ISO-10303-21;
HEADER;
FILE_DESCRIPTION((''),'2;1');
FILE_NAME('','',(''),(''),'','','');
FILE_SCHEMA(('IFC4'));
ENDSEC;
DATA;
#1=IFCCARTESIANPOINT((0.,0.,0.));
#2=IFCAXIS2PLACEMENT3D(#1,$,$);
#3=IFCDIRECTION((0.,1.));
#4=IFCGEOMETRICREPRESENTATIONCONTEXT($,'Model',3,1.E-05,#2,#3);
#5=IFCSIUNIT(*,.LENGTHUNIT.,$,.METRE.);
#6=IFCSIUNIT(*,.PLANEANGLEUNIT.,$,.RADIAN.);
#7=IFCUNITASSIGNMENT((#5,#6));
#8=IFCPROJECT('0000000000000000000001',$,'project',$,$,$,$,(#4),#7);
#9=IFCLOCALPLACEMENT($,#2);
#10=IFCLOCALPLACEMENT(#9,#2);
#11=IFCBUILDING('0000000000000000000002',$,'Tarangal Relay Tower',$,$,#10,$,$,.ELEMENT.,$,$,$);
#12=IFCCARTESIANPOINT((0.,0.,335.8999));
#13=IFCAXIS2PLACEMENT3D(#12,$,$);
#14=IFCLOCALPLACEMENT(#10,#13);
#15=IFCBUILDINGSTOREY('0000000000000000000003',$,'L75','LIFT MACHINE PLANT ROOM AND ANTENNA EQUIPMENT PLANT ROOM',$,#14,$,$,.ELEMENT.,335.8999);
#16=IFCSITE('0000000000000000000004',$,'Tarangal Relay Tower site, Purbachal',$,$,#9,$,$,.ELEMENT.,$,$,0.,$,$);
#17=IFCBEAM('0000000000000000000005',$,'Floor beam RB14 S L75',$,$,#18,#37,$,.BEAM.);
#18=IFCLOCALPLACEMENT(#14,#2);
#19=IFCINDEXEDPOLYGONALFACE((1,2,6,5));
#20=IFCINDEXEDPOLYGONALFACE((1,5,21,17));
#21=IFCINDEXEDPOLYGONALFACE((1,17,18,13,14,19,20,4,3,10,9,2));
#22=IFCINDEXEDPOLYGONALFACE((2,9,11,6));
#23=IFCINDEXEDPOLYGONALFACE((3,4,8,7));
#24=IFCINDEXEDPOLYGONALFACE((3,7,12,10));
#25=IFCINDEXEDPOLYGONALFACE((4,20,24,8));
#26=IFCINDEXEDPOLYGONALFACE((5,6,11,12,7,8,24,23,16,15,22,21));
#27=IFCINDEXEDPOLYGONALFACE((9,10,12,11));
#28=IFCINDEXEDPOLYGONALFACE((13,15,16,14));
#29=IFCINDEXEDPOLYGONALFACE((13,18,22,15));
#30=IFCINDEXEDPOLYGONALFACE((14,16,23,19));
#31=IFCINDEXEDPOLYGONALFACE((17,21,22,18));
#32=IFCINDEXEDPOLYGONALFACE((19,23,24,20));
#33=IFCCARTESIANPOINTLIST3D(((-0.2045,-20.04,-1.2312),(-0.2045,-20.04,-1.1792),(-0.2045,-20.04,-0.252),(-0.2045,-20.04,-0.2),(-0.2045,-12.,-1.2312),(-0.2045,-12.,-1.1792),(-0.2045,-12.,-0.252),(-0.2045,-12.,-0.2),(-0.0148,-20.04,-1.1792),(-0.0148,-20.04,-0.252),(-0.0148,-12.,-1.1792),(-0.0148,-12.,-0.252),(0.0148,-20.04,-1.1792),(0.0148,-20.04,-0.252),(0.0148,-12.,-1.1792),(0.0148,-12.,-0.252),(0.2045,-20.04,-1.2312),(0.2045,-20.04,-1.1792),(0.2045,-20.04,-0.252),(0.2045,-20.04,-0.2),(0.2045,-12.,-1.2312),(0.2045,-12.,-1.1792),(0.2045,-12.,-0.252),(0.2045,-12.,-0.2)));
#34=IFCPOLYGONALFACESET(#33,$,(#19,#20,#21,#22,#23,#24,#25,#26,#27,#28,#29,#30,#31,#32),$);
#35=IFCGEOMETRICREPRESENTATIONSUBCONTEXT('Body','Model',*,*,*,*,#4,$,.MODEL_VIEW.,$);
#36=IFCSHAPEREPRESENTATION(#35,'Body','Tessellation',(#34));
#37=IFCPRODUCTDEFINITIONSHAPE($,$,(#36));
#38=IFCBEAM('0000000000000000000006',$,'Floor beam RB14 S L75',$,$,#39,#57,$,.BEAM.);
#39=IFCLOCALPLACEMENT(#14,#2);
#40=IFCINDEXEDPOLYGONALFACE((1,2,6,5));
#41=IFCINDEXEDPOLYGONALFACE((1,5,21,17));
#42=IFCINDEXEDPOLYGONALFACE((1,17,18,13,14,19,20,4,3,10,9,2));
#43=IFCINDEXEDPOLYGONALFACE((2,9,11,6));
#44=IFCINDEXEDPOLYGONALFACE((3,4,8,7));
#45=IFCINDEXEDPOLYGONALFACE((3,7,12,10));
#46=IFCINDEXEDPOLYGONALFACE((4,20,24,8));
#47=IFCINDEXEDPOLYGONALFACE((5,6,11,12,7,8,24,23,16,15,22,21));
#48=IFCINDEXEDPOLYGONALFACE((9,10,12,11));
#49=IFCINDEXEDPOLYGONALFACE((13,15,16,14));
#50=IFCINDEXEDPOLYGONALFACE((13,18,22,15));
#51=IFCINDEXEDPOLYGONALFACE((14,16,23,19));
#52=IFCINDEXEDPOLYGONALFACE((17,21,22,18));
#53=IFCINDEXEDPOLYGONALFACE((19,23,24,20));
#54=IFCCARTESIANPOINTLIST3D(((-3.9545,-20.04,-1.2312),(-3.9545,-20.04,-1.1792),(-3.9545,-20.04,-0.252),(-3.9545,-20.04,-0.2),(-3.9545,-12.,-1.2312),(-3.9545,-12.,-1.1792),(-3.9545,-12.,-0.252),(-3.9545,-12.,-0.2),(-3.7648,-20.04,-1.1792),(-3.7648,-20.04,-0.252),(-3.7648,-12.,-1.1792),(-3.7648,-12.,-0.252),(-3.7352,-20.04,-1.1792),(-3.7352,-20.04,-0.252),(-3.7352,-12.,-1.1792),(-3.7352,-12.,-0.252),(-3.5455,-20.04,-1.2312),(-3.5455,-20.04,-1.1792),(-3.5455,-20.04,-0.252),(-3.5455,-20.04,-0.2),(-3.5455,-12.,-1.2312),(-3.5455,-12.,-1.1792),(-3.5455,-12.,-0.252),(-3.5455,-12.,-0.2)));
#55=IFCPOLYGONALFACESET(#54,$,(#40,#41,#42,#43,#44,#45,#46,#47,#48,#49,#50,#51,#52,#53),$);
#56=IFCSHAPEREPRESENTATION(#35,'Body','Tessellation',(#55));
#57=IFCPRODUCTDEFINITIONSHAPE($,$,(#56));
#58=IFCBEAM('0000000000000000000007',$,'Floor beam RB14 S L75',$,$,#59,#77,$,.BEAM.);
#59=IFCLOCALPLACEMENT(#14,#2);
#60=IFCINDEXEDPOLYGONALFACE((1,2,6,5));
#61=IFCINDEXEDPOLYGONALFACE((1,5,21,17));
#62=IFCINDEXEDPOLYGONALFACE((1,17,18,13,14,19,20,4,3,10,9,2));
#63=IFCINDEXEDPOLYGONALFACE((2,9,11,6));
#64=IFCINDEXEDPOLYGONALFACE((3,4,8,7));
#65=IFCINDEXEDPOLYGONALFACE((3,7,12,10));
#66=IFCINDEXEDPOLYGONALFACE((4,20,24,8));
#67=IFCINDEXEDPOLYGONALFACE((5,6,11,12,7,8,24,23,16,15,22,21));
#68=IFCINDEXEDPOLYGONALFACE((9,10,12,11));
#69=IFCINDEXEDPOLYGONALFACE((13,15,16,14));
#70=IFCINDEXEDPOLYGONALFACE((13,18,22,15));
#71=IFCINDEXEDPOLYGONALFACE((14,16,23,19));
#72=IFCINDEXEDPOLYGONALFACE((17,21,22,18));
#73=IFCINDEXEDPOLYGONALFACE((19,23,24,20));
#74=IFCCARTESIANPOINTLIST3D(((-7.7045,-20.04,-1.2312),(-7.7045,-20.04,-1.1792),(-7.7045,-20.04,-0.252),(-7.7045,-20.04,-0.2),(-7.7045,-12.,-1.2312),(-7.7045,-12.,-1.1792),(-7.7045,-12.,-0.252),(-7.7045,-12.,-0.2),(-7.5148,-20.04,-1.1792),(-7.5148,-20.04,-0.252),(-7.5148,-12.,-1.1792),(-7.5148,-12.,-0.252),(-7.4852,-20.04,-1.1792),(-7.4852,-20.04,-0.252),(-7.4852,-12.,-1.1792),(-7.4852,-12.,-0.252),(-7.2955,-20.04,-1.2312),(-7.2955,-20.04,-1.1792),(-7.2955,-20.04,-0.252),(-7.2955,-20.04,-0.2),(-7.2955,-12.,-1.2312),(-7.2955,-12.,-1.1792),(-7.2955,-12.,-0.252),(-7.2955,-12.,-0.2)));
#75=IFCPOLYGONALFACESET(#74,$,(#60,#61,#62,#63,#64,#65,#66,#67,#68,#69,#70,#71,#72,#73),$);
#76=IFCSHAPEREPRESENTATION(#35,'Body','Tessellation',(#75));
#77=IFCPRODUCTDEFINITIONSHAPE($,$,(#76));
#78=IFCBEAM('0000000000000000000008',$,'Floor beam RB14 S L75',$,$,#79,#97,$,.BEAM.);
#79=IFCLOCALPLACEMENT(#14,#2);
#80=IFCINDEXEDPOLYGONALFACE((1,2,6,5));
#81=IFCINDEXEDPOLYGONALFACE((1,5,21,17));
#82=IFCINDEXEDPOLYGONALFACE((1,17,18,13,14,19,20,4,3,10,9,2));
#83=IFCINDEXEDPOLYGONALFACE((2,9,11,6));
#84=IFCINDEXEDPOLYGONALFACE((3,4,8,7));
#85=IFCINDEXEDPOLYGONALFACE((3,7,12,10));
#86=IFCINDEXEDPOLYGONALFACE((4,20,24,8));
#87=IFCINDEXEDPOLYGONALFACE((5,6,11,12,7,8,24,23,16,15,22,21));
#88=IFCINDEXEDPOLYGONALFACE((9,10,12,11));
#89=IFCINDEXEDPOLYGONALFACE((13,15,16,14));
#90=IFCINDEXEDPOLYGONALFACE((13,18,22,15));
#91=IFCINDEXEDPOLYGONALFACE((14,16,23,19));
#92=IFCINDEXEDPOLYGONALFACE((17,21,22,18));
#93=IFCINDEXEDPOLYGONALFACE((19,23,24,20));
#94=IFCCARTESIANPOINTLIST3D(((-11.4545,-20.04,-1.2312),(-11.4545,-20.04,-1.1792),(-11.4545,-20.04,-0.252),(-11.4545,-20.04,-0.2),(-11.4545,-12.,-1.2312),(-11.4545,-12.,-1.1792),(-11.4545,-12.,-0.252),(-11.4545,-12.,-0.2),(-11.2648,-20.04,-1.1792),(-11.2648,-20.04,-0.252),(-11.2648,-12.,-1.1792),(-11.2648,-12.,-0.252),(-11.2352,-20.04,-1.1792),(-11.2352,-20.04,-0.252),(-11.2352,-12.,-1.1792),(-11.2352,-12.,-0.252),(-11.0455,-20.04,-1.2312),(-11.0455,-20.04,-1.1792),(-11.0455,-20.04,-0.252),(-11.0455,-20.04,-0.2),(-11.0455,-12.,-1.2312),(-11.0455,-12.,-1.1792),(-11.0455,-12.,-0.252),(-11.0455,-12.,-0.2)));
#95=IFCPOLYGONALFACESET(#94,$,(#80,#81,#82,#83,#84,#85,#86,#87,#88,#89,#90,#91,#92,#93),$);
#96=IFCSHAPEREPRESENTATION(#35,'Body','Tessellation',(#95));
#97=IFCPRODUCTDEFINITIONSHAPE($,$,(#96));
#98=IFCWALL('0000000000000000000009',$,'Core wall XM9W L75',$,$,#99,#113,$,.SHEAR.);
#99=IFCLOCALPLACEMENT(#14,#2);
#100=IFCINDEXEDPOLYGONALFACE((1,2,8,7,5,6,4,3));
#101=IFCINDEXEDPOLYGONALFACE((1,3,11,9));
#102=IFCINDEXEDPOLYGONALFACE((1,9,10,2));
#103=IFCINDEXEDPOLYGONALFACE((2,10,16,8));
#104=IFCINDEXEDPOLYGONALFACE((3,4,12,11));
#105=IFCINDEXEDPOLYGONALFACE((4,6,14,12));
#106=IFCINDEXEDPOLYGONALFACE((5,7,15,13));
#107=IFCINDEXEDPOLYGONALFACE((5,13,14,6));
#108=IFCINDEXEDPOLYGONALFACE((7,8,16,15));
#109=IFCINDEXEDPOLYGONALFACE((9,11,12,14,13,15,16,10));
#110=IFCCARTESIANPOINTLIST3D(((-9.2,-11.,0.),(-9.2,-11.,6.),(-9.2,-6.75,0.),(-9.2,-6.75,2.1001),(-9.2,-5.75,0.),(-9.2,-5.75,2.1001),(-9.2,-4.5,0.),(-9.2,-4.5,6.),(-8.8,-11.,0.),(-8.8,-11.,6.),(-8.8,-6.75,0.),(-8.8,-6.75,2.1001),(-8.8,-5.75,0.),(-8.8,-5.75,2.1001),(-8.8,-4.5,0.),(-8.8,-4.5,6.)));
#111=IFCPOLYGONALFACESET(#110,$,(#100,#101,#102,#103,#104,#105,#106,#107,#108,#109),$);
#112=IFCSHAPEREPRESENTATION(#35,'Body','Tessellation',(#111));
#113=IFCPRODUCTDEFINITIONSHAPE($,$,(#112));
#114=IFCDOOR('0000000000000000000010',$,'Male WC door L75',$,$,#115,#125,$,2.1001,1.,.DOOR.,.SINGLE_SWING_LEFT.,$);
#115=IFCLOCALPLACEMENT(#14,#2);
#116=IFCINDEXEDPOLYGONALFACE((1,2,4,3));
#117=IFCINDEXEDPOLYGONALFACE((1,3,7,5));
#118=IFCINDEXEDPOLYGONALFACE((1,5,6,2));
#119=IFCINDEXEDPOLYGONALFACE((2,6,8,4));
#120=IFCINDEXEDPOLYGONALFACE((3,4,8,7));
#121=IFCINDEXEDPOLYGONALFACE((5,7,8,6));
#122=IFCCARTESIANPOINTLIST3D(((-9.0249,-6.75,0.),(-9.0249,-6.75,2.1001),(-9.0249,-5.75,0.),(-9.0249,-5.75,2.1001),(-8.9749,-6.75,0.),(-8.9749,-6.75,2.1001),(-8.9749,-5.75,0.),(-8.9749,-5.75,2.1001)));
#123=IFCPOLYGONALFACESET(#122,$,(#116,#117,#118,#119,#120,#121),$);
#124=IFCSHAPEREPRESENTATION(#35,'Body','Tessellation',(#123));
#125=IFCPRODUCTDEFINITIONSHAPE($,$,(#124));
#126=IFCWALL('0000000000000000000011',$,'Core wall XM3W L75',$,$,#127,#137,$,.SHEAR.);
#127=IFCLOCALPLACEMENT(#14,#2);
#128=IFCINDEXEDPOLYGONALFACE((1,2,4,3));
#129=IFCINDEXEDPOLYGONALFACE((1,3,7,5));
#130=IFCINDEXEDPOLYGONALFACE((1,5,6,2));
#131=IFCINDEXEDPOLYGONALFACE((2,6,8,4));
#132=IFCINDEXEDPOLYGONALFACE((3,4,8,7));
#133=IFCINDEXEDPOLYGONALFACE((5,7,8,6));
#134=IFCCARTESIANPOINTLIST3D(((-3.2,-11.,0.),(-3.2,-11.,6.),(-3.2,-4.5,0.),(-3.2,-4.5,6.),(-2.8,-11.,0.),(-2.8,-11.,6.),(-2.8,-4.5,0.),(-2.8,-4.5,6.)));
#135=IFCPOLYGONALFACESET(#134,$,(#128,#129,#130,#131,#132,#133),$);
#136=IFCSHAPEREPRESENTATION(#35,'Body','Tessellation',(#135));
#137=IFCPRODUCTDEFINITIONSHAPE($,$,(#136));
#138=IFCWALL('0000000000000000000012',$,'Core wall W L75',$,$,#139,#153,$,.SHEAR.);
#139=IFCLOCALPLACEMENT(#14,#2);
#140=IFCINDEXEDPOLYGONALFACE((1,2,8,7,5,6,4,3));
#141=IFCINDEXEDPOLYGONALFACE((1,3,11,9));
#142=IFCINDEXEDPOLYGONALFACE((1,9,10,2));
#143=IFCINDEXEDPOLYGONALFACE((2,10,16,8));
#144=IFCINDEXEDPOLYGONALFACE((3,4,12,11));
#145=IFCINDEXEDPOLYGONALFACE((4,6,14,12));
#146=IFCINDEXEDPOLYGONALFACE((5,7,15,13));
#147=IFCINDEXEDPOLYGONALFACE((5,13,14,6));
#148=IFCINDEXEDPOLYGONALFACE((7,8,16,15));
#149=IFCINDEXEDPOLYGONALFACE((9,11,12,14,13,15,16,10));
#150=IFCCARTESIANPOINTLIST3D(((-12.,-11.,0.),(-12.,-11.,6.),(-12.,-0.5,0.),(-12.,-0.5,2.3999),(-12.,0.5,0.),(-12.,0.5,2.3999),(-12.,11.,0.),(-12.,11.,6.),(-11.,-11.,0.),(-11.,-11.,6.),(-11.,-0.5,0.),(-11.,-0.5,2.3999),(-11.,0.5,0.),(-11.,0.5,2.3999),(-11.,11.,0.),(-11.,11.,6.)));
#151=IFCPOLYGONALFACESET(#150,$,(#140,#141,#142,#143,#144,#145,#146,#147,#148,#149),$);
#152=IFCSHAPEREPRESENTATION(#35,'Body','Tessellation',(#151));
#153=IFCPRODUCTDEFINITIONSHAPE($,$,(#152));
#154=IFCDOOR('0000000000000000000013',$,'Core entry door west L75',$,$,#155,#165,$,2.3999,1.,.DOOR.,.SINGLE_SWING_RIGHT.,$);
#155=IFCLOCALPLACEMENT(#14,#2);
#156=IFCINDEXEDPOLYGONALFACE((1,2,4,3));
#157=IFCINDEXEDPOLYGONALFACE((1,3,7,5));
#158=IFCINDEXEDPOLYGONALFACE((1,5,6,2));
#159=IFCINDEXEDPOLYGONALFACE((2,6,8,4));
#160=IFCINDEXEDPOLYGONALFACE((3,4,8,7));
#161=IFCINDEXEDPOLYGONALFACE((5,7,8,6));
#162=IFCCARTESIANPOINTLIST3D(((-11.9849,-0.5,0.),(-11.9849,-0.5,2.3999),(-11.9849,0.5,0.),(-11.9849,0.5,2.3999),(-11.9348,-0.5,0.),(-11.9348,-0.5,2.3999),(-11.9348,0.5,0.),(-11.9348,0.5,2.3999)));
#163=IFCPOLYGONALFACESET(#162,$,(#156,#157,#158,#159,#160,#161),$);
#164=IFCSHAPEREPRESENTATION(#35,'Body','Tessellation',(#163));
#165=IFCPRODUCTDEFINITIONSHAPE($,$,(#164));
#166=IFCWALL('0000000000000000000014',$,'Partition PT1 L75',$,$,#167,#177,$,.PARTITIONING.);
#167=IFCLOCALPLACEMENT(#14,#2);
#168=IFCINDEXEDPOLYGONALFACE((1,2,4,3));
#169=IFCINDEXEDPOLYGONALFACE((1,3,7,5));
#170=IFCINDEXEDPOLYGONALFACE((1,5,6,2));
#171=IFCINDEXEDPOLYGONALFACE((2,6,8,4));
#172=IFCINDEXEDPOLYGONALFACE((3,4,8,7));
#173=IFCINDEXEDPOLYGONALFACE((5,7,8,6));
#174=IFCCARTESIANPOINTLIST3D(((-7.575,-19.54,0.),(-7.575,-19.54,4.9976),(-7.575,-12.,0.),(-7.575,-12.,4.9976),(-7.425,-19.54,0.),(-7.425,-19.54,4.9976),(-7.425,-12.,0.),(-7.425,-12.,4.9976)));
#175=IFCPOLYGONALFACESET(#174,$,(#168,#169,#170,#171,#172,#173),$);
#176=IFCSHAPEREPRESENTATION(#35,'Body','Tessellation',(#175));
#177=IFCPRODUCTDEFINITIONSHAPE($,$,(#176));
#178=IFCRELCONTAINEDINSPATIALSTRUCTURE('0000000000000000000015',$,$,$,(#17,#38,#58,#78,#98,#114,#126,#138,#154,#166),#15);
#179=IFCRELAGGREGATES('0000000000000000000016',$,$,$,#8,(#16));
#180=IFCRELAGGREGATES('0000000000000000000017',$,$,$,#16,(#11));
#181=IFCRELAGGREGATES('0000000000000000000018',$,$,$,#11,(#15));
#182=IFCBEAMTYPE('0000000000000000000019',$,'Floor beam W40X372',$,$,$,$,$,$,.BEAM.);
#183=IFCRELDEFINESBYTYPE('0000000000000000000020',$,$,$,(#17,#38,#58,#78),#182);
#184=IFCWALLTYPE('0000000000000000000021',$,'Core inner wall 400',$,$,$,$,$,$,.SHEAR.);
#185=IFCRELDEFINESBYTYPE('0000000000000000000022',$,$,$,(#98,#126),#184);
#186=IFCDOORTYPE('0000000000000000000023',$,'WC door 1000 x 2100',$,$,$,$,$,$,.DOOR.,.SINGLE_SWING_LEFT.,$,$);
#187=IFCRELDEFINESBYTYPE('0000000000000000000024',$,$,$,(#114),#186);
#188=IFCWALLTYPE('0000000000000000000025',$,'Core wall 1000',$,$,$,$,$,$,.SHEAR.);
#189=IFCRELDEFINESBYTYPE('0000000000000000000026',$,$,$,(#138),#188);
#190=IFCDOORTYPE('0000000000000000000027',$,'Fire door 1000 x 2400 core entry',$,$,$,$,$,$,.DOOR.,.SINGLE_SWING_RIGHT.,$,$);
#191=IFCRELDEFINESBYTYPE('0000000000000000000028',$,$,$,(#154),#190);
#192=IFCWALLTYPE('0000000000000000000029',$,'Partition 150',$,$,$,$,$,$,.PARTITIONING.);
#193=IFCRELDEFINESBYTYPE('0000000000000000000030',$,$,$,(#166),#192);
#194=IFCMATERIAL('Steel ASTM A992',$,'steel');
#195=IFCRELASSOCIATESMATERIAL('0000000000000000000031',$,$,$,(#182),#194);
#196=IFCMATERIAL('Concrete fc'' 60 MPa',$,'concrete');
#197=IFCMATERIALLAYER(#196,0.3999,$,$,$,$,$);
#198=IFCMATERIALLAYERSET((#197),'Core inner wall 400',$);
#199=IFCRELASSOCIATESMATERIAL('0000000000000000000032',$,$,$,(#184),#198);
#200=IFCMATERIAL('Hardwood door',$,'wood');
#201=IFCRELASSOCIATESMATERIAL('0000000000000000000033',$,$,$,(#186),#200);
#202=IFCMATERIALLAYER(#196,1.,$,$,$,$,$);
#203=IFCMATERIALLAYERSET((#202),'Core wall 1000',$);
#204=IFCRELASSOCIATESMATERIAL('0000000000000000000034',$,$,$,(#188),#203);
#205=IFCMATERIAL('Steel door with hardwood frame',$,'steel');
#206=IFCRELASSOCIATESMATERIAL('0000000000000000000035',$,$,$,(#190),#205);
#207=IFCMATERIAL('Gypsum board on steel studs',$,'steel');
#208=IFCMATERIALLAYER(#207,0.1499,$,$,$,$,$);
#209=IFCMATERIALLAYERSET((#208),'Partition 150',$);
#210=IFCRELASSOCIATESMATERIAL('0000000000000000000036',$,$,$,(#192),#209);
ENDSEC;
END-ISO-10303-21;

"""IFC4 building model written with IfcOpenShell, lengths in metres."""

from ifc_helpers import new_model, si_unit, direction, frame, frame_2d, origin, origin_2d, place, context, subcontext, project, spatial, rectangle, i_section, extrude, material, layer, layer_set, material_profile, profile_set, type_object, element, fill, save


model = new_model("IFC4")

# Units and contexts
model_context = context("Model", 3, precision=1e-05, world=origin(), true_north=direction((0.0, 1.0)))
body_context = subcontext(model_context, "Body", "Model", "MODEL_VIEW")
ifc_project = project(units=[si_unit("LENGTHUNIT", "METRE"), si_unit("PLANEANGLEUNIT", "RADIAN")], contexts=[model_context])

# Site, building, storey
site_placement = place(None, origin())
site = spatial("IfcSite", under=ifc_project, at=site_placement, Name="Tarangal Relay Tower site, Purbachal", CompositionType="ELEMENT", RefElevation=0.0)
building_placement = place(site_placement, origin())
building = spatial("IfcBuilding", under=site, at=building_placement, Name="Tarangal Relay Tower", CompositionType="ELEMENT")
storey_placement = place(building_placement, frame((0.0, 0.0, 335.8999)))
storey = spatial("IfcBuildingStorey", under=building, at=storey_placement, Name="L75", Description="LIFT MACHINE PLANT ROOM AND ANTENNA EQUIPMENT PLANT ROOM", CompositionType="ELEMENT", Elevation=335.8999)

# Shared definitions
ifc_material_1 = material(Name="Steel ASTM A992", Category="steel")

# Beams
ifc_material_profile_1 = material_profile(ifc_material_1, i_section(OverallWidth=0.4089, OverallDepth=1.0312, WebThickness=0.0295, FlangeThickness=0.052, at=origin_2d()), Name="W40X372")
ifc_profile_set_1 = profile_set([ifc_material_profile_1], Name="Steel ASTM A992")
beam_type_1 = type_object("IfcBeamType", Name="Floor beam W40X372", PredefinedType="BEAM", material=ifc_profile_set_1)
for number, where, z_axis, x_axis, name in (
    (1, (0.0, -12.0, -0.7156), (0.0, -1.0, 0.0), (1.0, 0.0, 0.0), "Floor beam RB14 S L75"),
    (2, (-3.75, -12.0, -0.7156), (0.0, -1.0, 0.0), (1.0, 0.0, 0.0), "Floor beam RB14 S L75"),
    (3, (-7.5, -12.0, -0.7156), (0.0, -1.0, 0.0), (1.0, 0.0, 0.0), "Floor beam RB14 S L75"),
    (4, (-11.25, -12.0, -0.7156), (0.0, -1.0, 0.0), (1.0, 0.0, 0.0), "Floor beam RB14 S L75"),
):
    element("IfcBeam", number, at=place(storey_placement, frame(where, z_axis=z_axis, x_axis=x_axis)), inside=storey, type_object=beam_type_1, Name=name, PredefinedType="BEAM", context=body_context, shape_type="SweptSolid", body=[
        extrude(i_section(OverallWidth=0.4089, OverallDepth=1.0312, WebThickness=0.0295, FlangeThickness=0.052, at=origin_2d()), origin(), (0.0, 0.0, 1.0), 8.04),
    ])

# Wall, opening, door
ifc_material_2 = material(Name="Concrete fc' 60 MPa", Category="concrete")
ifc_layer_1 = layer(ifc_material_2, 0.3999)
ifc_layer_set_1 = layer_set([ifc_layer_1], Name="Core inner wall 400")
wall_type_1 = type_object("IfcWallType", Name="Core inner wall 400", PredefinedType="SHEAR", material=ifc_layer_set_1)
wall_1_placement = place(storey_placement, frame((-9.0, -11.0, 0.0), z_axis=(0.0, 0.0, 1.0), x_axis=(0.0, 1.0, 0.0)))
wall_1 = element("IfcWall", 5, at=wall_1_placement, inside=storey, type_object=wall_type_1, Name="Core wall XM9W L75", PredefinedType="SHEAR", context=body_context, shape_type="SweptSolid", body=[
    extrude(rectangle(XDim=6.5, YDim=0.3999, at=frame_2d((3.25, 0.0))), origin(), (0.0, 0.0, 1.0), 6.0),
])
opening_1_placement = place(wall_1_placement, frame((4.25, 0.0, 0.0)))
opening_1 = element("IfcOpeningElement", 6, at=opening_1_placement, cuts=wall_1, PredefinedType="OPENING", context=body_context, shape_type="SweptSolid", body=[
    extrude(rectangle(XDim=1.0, YDim=2.1001, at=frame_2d((0.5, 1.05))), frame((0.0, 0.21, 0.0), z_axis=(0.0, -1.0, 0.0), x_axis=(1.0, 0.0, 0.0)), (0.0, 0.0, 1.0), 0.4199),
])
ifc_material_3 = material(Name="Hardwood door", Category="wood")
door_type_1 = type_object("IfcDoorType", Name="WC door 1000 x 2100", OperationType="SINGLE_SWING_LEFT", PredefinedType="DOOR", material=ifc_material_3)
door_1_placement = place(opening_1_placement, origin())
door_1 = element("IfcDoor", 7, at=door_1_placement, inside=storey, type_object=door_type_1, Name="Male WC door L75", OperationType="SINGLE_SWING_LEFT", OverallHeight=2.1001, OverallWidth=1.0, PredefinedType="DOOR", context=body_context, shape_type="SweptSolid", body=[
    extrude(rectangle(XDim=1.0, YDim=2.1001, at=frame_2d((0.5, 1.05))), frame((0.0, 0.0249, 0.0), z_axis=(0.0, -1.0, 0.0), x_axis=(1.0, 0.0, 0.0)), (0.0, 0.0, 1.0), 0.05),
])
fill(opening_1, door_1)

# Wall
wall_2_placement = place(storey_placement, frame((-3.0, -11.0, 0.0), z_axis=(0.0, 0.0, 1.0), x_axis=(0.0, 1.0, 0.0)))
element("IfcWall", 8, at=wall_2_placement, inside=storey, type_object=wall_type_1, Name="Core wall XM3W L75", PredefinedType="SHEAR", context=body_context, shape_type="SweptSolid", body=[
    extrude(rectangle(XDim=6.5, YDim=0.3999, at=frame_2d((3.25, 0.0))), origin(), (0.0, 0.0, 1.0), 6.0),
])

# Wall, opening, door
ifc_layer_2 = layer(ifc_material_2, 1.0)
ifc_layer_set_2 = layer_set([ifc_layer_2], Name="Core wall 1000")
wall_type_2 = type_object("IfcWallType", Name="Core wall 1000", PredefinedType="SHEAR", material=ifc_layer_set_2)
wall_3_placement = place(storey_placement, frame((-11.5, -11.0, 0.0), z_axis=(0.0, 0.0, 1.0), x_axis=(0.0, 1.0, 0.0)))
wall_3 = element("IfcWall", 9, at=wall_3_placement, inside=storey, type_object=wall_type_2, Name="Core wall W L75", PredefinedType="SHEAR", context=body_context, shape_type="SweptSolid", body=[
    extrude(rectangle(XDim=22.0, YDim=1.0, at=frame_2d((11.0, 0.0))), origin(), (0.0, 0.0, 1.0), 6.0),
])
opening_2_placement = place(wall_3_placement, frame((10.5, 0.0, 0.0)))
opening_2 = element("IfcOpeningElement", 10, at=opening_2_placement, cuts=wall_3, PredefinedType="OPENING", context=body_context, shape_type="SweptSolid", body=[
    extrude(rectangle(XDim=1.0, YDim=2.3999, at=frame_2d((0.5, 1.2))), frame((0.0, 0.51, 0.0), z_axis=(0.0, -1.0, 0.0), x_axis=(1.0, 0.0, 0.0)), (0.0, 0.0, 1.0), 1.02),
])
ifc_material_4 = material(Name="Steel door with hardwood frame", Category="steel")
door_type_2 = type_object("IfcDoorType", Name="Fire door 1000 x 2400 core entry", OperationType="SINGLE_SWING_RIGHT", PredefinedType="DOOR", material=ifc_material_4)
door_2_placement = place(opening_2_placement, origin())
door_2 = element("IfcDoor", 11, at=door_2_placement, inside=storey, type_object=door_type_2, Name="Core entry door west L75", OperationType="SINGLE_SWING_RIGHT", OverallHeight=2.3999, OverallWidth=1.0, PredefinedType="DOOR", context=body_context, shape_type="SweptSolid", body=[
    extrude(rectangle(XDim=1.0, YDim=2.3999, at=frame_2d((0.5, 1.2))), frame((0.0, 0.4849, 0.0), z_axis=(0.0, -1.0, 0.0), x_axis=(1.0, 0.0, 0.0)), (0.0, 0.0, 1.0), 0.05),
])
fill(opening_2, door_2)

# Wall
ifc_material_5 = material(Name="Gypsum board on steel studs", Category="steel")
ifc_layer_3 = layer(ifc_material_5, 0.1499)
ifc_layer_set_3 = layer_set([ifc_layer_3], Name="Partition 150")
wall_type_3 = type_object("IfcWallType", Name="Partition 150", PredefinedType="PARTITIONING", material=ifc_layer_set_3)
wall_4_placement = place(storey_placement, frame((-7.5, -12.0, 0.0), z_axis=(0.0, 0.0, 1.0), x_axis=(0.0, -1.0, 0.0)))
element("IfcWall", 12, at=wall_4_placement, inside=storey, type_object=wall_type_3, Name="Partition PT1 L75", PredefinedType="PARTITIONING", context=body_context, shape_type="SweptSolid", body=[
    extrude(rectangle(XDim=7.54, YDim=0.1499, at=frame_2d((3.77, 0.0))), origin(), (0.0, 0.0, 1.0), 4.9976),
])

save(model, "model.ifc")
